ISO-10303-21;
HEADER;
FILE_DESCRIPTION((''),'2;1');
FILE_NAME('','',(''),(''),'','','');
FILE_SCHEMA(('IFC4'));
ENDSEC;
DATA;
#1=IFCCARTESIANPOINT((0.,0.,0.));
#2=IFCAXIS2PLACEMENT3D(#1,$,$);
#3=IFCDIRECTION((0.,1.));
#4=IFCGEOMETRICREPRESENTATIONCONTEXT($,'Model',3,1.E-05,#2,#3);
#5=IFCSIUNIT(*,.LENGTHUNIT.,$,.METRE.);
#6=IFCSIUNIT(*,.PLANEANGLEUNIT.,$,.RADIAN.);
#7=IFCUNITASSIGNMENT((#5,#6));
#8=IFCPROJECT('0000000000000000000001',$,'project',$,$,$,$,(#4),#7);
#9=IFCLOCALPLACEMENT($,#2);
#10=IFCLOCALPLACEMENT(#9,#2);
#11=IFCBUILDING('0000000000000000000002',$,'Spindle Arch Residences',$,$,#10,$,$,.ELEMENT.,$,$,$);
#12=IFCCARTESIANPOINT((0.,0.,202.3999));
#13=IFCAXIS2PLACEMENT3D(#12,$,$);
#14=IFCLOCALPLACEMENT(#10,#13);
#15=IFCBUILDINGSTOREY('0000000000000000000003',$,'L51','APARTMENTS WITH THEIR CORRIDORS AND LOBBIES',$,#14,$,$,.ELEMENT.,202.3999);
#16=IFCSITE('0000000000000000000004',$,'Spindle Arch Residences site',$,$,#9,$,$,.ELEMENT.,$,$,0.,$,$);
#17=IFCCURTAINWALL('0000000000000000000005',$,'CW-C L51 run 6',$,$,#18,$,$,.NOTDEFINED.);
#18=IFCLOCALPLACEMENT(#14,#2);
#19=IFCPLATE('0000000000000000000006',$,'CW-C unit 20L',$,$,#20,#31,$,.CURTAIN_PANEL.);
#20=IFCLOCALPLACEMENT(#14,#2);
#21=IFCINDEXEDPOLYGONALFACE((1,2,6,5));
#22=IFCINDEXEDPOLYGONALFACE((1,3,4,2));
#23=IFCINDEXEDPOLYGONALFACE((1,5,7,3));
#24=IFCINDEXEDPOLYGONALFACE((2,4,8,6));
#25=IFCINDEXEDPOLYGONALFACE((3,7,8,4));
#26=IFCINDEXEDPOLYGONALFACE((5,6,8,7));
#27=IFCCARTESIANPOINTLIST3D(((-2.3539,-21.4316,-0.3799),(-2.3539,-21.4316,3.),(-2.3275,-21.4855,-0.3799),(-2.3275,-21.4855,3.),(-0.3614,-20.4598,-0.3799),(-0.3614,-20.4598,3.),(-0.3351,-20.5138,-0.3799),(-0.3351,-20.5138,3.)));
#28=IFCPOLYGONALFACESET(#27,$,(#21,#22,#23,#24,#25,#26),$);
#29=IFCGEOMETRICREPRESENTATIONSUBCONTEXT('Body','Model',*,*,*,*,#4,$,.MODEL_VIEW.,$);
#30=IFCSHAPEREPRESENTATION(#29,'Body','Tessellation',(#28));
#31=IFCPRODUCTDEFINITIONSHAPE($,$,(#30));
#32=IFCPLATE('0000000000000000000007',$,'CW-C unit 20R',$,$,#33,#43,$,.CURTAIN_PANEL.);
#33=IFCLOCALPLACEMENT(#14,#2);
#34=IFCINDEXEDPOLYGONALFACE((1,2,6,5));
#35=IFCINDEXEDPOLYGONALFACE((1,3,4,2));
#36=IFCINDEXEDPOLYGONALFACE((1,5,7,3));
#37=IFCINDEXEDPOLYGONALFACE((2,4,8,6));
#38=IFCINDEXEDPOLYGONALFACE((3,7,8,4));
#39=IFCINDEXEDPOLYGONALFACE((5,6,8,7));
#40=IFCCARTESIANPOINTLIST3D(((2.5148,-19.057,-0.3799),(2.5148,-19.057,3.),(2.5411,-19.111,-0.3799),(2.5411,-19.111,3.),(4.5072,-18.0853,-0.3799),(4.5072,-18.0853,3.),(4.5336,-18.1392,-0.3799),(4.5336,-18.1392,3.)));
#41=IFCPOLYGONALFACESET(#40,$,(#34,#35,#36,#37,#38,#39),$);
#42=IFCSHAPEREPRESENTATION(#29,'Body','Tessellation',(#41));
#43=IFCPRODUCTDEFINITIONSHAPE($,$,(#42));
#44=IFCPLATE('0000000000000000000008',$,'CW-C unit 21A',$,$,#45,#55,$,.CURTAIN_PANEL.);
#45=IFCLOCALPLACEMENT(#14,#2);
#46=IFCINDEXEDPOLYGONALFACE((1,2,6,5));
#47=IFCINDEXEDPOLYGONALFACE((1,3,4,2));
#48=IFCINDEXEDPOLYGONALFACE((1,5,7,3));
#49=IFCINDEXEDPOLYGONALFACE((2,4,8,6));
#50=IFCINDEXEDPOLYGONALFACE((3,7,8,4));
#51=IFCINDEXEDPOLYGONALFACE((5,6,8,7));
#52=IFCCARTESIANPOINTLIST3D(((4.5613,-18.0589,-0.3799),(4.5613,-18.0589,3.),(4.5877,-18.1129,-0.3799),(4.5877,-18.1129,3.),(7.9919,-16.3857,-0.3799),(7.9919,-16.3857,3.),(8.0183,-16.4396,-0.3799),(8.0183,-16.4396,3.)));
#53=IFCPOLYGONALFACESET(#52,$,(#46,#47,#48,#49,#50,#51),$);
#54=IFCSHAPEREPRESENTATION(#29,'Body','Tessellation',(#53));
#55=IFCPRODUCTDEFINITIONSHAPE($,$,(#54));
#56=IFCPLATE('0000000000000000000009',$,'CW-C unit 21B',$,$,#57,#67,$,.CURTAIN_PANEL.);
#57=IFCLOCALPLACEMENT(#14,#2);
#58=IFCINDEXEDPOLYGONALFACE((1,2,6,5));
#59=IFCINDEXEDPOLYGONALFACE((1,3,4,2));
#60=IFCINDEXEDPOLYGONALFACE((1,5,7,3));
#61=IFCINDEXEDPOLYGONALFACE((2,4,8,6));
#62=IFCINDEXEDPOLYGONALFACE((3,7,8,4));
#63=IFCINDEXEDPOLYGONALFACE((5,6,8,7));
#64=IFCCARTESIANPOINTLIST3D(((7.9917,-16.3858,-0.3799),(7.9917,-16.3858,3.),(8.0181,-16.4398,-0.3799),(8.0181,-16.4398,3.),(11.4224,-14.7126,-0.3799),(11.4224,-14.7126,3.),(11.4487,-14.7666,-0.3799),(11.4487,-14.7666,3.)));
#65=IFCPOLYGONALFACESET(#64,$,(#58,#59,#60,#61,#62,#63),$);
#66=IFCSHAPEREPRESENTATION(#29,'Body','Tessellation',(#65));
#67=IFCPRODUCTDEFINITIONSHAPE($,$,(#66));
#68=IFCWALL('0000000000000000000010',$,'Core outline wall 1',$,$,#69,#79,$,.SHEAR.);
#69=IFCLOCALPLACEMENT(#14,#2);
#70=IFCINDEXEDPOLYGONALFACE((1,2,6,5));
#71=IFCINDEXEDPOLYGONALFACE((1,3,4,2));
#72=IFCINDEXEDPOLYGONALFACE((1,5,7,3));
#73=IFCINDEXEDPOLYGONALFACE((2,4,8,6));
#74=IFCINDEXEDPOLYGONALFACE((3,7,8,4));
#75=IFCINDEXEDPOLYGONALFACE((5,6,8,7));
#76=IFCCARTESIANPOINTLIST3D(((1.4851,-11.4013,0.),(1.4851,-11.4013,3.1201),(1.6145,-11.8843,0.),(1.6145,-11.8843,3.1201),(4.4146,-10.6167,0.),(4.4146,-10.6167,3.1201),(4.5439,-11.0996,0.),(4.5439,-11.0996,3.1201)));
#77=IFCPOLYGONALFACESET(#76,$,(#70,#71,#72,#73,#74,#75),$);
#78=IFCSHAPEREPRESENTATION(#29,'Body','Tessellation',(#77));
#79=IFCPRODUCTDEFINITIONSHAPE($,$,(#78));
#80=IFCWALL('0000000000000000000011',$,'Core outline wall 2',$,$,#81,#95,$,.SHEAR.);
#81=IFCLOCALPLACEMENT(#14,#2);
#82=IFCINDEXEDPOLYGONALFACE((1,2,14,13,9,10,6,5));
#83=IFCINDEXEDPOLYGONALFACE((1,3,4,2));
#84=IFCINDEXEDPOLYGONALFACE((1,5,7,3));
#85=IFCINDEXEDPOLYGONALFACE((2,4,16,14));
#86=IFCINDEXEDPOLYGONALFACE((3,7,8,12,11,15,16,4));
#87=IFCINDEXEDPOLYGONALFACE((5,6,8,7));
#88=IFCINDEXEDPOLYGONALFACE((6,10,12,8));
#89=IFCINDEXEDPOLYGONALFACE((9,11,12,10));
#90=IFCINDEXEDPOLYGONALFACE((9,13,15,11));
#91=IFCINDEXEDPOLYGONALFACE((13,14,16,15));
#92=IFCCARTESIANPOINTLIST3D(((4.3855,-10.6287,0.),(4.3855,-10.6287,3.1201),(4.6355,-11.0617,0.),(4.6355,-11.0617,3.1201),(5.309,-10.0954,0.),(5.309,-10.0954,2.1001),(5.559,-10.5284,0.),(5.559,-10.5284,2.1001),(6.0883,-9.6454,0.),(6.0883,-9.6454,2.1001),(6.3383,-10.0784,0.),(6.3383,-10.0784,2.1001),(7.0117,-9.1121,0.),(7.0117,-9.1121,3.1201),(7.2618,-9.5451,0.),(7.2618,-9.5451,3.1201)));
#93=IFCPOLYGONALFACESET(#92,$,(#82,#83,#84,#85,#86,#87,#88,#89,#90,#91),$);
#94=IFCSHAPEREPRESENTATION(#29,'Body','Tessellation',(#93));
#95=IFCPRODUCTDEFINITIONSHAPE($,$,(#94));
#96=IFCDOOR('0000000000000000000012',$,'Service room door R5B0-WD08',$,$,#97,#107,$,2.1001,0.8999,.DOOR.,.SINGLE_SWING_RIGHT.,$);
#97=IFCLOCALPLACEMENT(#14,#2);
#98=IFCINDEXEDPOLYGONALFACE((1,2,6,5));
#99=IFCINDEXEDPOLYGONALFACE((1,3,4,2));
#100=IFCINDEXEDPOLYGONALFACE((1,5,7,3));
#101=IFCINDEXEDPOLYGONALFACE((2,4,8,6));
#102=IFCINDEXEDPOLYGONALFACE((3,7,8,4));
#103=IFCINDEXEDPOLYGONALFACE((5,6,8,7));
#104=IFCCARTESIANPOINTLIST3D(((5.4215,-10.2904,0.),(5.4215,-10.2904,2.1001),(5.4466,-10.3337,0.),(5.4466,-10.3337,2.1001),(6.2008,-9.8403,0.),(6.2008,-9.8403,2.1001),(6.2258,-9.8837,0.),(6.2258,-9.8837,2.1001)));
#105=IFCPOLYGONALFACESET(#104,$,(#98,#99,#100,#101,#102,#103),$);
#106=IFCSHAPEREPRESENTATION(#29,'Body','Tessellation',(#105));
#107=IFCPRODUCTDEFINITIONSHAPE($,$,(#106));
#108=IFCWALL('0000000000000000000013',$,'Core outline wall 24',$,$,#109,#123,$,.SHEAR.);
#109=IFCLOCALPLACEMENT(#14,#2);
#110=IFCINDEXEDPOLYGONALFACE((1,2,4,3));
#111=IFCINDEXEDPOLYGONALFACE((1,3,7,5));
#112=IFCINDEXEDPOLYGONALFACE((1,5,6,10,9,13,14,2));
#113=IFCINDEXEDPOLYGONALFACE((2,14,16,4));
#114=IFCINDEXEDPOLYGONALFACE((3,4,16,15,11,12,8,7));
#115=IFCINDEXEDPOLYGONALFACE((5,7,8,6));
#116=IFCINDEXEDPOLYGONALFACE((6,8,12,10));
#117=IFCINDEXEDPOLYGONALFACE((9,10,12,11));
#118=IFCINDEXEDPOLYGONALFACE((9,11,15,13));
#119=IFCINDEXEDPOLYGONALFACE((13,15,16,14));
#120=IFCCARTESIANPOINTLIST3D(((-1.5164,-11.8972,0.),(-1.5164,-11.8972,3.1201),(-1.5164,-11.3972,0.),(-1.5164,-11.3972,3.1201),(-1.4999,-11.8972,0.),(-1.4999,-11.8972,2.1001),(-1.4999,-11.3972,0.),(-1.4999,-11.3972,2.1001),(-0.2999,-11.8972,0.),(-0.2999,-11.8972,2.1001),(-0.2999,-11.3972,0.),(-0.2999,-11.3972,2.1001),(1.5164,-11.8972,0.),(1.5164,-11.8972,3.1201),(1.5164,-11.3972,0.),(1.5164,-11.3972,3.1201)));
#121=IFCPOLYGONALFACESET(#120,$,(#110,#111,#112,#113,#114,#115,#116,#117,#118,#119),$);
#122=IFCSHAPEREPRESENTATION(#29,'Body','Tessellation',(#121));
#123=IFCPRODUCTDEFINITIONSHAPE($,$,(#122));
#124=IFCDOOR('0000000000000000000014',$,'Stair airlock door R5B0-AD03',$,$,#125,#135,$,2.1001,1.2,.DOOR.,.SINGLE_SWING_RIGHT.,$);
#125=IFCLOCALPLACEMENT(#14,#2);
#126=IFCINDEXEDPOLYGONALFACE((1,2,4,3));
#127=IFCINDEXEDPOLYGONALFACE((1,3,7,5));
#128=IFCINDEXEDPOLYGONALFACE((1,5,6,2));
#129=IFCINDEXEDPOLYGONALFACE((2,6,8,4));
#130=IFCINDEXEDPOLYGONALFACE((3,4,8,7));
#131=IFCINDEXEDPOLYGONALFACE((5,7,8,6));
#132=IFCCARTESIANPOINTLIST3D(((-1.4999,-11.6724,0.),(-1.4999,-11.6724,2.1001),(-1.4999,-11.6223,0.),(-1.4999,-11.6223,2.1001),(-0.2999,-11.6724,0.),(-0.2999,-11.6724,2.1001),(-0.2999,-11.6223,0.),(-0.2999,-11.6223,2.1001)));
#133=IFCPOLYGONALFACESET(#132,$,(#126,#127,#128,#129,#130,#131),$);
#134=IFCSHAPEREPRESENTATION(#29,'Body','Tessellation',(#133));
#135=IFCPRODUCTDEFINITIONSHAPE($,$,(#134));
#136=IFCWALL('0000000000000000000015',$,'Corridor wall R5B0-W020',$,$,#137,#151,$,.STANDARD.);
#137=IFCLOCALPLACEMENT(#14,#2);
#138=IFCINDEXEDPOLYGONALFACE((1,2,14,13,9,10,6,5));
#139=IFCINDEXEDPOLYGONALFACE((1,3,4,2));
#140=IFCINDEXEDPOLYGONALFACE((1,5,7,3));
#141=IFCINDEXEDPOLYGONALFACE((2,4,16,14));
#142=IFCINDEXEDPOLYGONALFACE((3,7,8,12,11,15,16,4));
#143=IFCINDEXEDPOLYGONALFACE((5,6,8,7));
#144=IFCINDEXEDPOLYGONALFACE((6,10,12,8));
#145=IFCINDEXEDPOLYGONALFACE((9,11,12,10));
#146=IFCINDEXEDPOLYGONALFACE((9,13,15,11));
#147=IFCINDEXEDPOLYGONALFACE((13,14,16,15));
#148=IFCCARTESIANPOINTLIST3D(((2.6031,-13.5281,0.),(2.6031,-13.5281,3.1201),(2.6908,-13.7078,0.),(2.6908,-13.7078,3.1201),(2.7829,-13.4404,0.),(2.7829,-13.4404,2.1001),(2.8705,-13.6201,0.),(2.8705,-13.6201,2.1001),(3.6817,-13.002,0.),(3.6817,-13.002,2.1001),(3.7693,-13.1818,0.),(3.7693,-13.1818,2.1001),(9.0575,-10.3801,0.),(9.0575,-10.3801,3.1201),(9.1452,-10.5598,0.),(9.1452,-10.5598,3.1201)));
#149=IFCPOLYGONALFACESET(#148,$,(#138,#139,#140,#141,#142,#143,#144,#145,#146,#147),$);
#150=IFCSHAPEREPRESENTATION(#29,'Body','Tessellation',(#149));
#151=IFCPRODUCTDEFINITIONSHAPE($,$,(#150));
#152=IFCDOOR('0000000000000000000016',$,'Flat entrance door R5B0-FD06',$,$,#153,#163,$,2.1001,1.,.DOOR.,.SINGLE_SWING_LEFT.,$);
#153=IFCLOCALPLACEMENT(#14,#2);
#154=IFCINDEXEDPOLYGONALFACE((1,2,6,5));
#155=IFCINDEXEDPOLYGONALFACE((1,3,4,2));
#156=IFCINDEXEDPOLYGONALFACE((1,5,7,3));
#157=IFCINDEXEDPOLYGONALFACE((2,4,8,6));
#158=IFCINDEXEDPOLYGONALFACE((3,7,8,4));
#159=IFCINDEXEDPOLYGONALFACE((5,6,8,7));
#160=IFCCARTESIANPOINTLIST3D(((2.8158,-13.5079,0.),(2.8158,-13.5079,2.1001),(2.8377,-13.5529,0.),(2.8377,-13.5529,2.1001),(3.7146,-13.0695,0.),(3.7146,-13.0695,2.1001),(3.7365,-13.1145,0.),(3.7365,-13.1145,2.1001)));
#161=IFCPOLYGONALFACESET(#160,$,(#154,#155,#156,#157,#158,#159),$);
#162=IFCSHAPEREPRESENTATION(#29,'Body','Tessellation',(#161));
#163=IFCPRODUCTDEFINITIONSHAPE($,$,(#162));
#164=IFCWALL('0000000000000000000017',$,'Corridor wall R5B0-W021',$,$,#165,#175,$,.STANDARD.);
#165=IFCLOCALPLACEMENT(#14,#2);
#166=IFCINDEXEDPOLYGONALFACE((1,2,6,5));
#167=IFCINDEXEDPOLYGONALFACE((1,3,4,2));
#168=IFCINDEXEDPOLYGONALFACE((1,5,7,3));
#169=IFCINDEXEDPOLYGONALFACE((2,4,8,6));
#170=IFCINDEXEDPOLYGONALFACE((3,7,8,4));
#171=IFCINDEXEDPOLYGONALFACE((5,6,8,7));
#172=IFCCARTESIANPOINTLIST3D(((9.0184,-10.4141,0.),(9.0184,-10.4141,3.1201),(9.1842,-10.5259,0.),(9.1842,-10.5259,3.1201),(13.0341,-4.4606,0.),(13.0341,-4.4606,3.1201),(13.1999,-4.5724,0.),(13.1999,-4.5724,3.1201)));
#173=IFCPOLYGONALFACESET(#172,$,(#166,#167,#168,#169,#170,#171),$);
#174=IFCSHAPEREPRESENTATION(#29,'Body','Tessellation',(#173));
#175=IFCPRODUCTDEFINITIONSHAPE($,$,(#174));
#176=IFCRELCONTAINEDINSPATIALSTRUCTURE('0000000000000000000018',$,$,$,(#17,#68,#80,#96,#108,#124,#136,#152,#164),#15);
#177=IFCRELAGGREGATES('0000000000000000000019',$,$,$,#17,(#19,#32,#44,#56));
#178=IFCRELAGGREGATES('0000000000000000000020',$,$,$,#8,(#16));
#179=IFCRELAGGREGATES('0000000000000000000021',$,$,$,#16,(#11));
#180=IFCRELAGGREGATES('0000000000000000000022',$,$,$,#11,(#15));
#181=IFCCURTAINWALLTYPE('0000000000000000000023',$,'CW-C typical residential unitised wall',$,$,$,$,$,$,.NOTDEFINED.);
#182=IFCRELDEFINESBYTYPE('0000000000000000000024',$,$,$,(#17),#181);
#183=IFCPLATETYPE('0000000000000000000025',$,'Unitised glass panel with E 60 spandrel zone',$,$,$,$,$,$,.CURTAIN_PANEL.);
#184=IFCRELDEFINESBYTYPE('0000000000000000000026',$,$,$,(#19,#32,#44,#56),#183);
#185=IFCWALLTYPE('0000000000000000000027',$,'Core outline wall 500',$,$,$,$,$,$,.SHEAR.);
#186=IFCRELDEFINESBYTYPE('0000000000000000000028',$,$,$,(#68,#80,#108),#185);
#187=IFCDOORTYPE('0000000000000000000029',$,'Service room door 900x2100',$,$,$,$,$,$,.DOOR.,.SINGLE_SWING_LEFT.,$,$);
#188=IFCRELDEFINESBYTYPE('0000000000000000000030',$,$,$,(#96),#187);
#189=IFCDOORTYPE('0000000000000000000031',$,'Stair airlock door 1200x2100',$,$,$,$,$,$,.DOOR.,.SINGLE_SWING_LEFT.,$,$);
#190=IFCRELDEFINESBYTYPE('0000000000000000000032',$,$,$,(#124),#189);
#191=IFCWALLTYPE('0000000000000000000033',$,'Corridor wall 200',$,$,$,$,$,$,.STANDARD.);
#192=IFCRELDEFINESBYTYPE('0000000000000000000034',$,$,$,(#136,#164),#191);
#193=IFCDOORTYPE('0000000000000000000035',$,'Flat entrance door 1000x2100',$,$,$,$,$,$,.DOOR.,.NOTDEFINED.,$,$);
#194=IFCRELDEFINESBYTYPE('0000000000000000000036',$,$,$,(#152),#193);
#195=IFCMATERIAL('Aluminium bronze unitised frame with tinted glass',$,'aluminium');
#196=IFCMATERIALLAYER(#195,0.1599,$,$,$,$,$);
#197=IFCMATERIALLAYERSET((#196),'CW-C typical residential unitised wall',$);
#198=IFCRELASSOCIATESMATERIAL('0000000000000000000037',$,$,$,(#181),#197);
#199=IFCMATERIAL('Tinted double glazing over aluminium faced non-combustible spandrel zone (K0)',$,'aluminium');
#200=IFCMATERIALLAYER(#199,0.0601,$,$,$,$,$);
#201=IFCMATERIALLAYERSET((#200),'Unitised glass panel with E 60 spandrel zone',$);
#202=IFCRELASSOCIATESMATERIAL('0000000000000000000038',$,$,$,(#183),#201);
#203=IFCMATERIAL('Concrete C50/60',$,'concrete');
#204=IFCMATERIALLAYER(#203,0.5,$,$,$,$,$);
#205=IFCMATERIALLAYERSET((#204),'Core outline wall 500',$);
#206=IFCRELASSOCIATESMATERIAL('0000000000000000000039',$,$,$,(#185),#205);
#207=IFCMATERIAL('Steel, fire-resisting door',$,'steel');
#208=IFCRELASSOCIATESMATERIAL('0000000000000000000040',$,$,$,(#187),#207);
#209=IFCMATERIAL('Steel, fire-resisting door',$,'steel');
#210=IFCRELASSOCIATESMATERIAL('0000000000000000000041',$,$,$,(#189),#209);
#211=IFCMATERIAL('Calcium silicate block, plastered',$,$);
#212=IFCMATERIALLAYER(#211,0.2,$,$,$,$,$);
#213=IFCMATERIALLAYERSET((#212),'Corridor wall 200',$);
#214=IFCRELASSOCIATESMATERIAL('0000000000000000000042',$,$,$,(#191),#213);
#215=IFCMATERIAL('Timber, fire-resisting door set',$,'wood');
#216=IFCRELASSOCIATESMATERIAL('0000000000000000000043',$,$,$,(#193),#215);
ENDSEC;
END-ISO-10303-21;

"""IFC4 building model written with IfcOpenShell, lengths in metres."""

from ifc_helpers import new_model, si_unit, direction, frame, frame_2d, origin, origin_2d, place, context, subcontext, project, spatial, rectangle, extrude, material, layer, layer_set, type_object, element, fill, aggregate, save


model = new_model("IFC4")

# Units and contexts
model_context = context("Model", 3, precision=1e-05, world=origin(), true_north=direction((0.0, 1.0)))
body_context = subcontext(model_context, "Body", "Model", "MODEL_VIEW")
ifc_project = project(units=[si_unit("LENGTHUNIT", "METRE"), si_unit("PLANEANGLEUNIT", "RADIAN")], contexts=[model_context])

# Site, building, storey
site_placement = place(None, origin())
site = spatial("IfcSite", under=ifc_project, at=site_placement, Name="Spindle Arch Residences site", CompositionType="ELEMENT", RefElevation=0.0)
building_placement = place(site_placement, origin())
building = spatial("IfcBuilding", under=site, at=building_placement, Name="Spindle Arch Residences", CompositionType="ELEMENT")
storey_placement = place(building_placement, frame((0.0, 0.0, 202.3999)))
storey = spatial("IfcBuildingStorey", under=building, at=storey_placement, Name="L51", Description="APARTMENTS WITH THEIR CORRIDORS AND LOBBIES", CompositionType="ELEMENT", Elevation=202.3999)

# Curtain wall
ifc_material_1 = material(Name="Aluminium bronze unitised frame with tinted glass", Category="aluminium")
ifc_layer_1 = layer(ifc_material_1, 0.1599)
ifc_layer_set_1 = layer_set([ifc_layer_1], Name="CW-C typical residential unitised wall")
curtain_wall_type = type_object("IfcCurtainWallType", Name="CW-C typical residential unitised wall", PredefinedType="NOTDEFINED", material=ifc_layer_set_1)
curtain_wall_placement = place(storey_placement, origin())
curtain_wall = element("IfcCurtainWall", 1, at=curtain_wall_placement, inside=storey, type_object=curtain_wall_type, Name="CW-C L51 run 6", PredefinedType="NOTDEFINED")

# Plates
ifc_material_2 = material(Name="Tinted double glazing over aluminium faced non-combustible spandrel zone (K0)", Category="aluminium")
ifc_layer_2 = layer(ifc_material_2, 0.0601)
ifc_layer_set_2 = layer_set([ifc_layer_2], Name="Unitised glass panel with E 60 spandrel zone")
plate_type = type_object("IfcPlateType", Name="Unitised glass panel with E 60 spandrel zone", PredefinedType="CURTAIN_PANEL", material=ifc_layer_set_2)
plate_1_placement = place(storey_placement, frame((-1.3445, -20.9727, -0.3799), z_axis=(0.0, 0.0, 1.0), x_axis=(0.898794, 0.438371, 0.0)))
plate_1 = element("IfcPlate", 2, at=plate_1_placement, type_object=plate_type, Name="CW-C unit 20L", PredefinedType="CURTAIN_PANEL", context=body_context, shape_type="SweptSolid", body=[
    extrude(rectangle(XDim=2.2168, YDim=0.0601, at=origin_2d()), origin(), (0.0, 0.0, 1.0), 3.3799),
])
plate_2_placement = place(storey_placement, frame((3.5242, -18.5981, -0.3799), z_axis=(0.0, 0.0, 1.0), x_axis=(0.898794, 0.438371, 0.0)))
plate_2 = element("IfcPlate", 3, at=plate_2_placement, type_object=plate_type, Name="CW-C unit 20R", PredefinedType="CURTAIN_PANEL", context=body_context, shape_type="SweptSolid", body=[
    extrude(rectangle(XDim=2.2168, YDim=0.0601, at=origin_2d()), origin(), (0.0, 0.0, 1.0), 3.3799),
])
plate_3_placement = place(storey_placement, frame((6.2898, -17.2493, -0.3799), z_axis=(0.0, 0.0, 1.0), x_axis=(0.898794, 0.438371, 0.0)))
plate_3 = element("IfcPlate", 4, at=plate_3_placement, type_object=plate_type, Name="CW-C unit 21A", PredefinedType="CURTAIN_PANEL", context=body_context, shape_type="SweptSolid", body=[
    extrude(rectangle(XDim=3.8169, YDim=0.0601, at=origin_2d()), origin(), (0.0, 0.0, 1.0), 3.3799),
])
plate_4_placement = place(storey_placement, frame((9.7202, -15.5762, -0.3799), z_axis=(0.0, 0.0, 1.0), x_axis=(0.898794, 0.438371, 0.0)))
plate_4 = element("IfcPlate", 5, at=plate_4_placement, type_object=plate_type, Name="CW-C unit 21B", PredefinedType="CURTAIN_PANEL", context=body_context, shape_type="SweptSolid", body=[
    extrude(rectangle(XDim=3.8169, YDim=0.0601, at=origin_2d()), origin(), (0.0, 0.0, 1.0), 3.3799),
])
aggregate(curtain_wall, [plate_1, plate_2, plate_3, plate_4])

# Wall
ifc_material_3 = material(Name="Concrete C50/60", Category="concrete")
ifc_layer_3 = layer(ifc_material_3, 0.5)
ifc_layer_set_3 = layer_set([ifc_layer_3], Name="Core outline wall 500")
wall_type_1 = type_object("IfcWallType", Name="Core outline wall 500", PredefinedType="SHEAR", material=ifc_layer_set_3)
wall_1_placement = place(storey_placement, frame((1.5498, -11.6428, 0.0), z_axis=(0.0, 0.0, 1.0), x_axis=(0.965948, 0.258735, 0.0)))
element("IfcWall", 6, at=wall_1_placement, inside=storey, type_object=wall_type_1, Name="Core outline wall 1", PredefinedType="SHEAR", context=body_context, shape_type="SweptSolid", body=[
    extrude(rectangle(XDim=3.0327, YDim=0.5, at=frame_2d((1.5164, 0.0))), origin(), (0.0, 0.0, 1.0), 3.1201),
])

# Walls, openings, doors
wall_2_placement = place(storey_placement, frame((4.5105, -10.8452, 0.0), z_axis=(0.0, 0.0, 1.0), x_axis=(0.865975, 0.500087, 0.0)))
wall_2 = element("IfcWall", 7, at=wall_2_placement, inside=storey, type_object=wall_type_1, Name="Core outline wall 2", PredefinedType="SHEAR", context=body_context, shape_type="SweptSolid", body=[
    extrude(rectangle(XDim=3.0327, YDim=0.5, at=frame_2d((1.5164, 0.0))), origin(), (0.0, 0.0, 1.0), 3.1201),
])
opening_1_placement = place(wall_2_placement, frame((1.0664, 0.0, 0.0)))
opening_1 = element("IfcOpeningElement", 8, at=opening_1_placement, cuts=wall_2, PredefinedType="OPENING", context=body_context, shape_type="SweptSolid", body=[
    extrude(rectangle(XDim=0.8999, YDim=2.1001, at=frame_2d((0.45, 1.05))), frame((0.0, 0.26, 0.0), z_axis=(0.0, -1.0, 0.0), x_axis=(1.0, 0.0, 0.0)), (0.0, 0.0, 1.0), 0.52),
])
ifc_material_4 = material(Name="Steel, fire-resisting door", Category="steel")
door_type_1 = type_object("IfcDoorType", Name="Service room door 900x2100", OperationType="SINGLE_SWING_LEFT", PredefinedType="DOOR", material=ifc_material_4)
door_1_placement = place(opening_1_placement, origin())
door_1 = element("IfcDoor", 9, at=door_1_placement, inside=storey, type_object=door_type_1, Name="Service room door R5B0-WD08", OperationType="SINGLE_SWING_RIGHT", OverallHeight=2.1001, OverallWidth=0.8999, PredefinedType="DOOR", context=body_context, shape_type="SweptSolid", body=[
    extrude(rectangle(XDim=0.8999, YDim=2.1001, at=frame_2d((0.45, 1.05))), frame((0.0, 0.0249, 0.0), z_axis=(0.0, -1.0, 0.0), x_axis=(1.0, 0.0, 0.0)), (0.0, 0.0, 1.0), 0.05),
])
fill(opening_1, door_1)
wall_3_placement = place(storey_placement, frame((-1.5164, -11.6472, 0.0), z_axis=(0.0, 0.0, 1.0), x_axis=(1.0, 0.0, 0.0)))
wall_3 = element("IfcWall", 10, at=wall_3_placement, inside=storey, type_object=wall_type_1, Name="Core outline wall 24", PredefinedType="SHEAR", context=body_context, shape_type="SweptSolid", body=[
    extrude(rectangle(XDim=3.0327, YDim=0.5, at=frame_2d((1.5164, 0.0))), origin(), (0.0, 0.0, 1.0), 3.1201),
])
opening_2_placement = place(wall_3_placement, frame((0.0164, 0.0, 0.0)))
opening_2 = element("IfcOpeningElement", 11, at=opening_2_placement, cuts=wall_3, PredefinedType="OPENING", context=body_context, shape_type="SweptSolid", body=[
    extrude(rectangle(XDim=1.2, YDim=2.1001, at=frame_2d((0.6001, 1.05))), frame((0.0, 0.26, 0.0), z_axis=(0.0, -1.0, 0.0), x_axis=(1.0, 0.0, 0.0)), (0.0, 0.0, 1.0), 0.52),
])
ifc_material_5 = material(Name="Steel, fire-resisting door", Category="steel")
door_type_2 = type_object("IfcDoorType", Name="Stair airlock door 1200x2100", OperationType="SINGLE_SWING_LEFT", PredefinedType="DOOR", material=ifc_material_5)
door_2_placement = place(opening_2_placement, origin())
door_2 = element("IfcDoor", 12, at=door_2_placement, inside=storey, type_object=door_type_2, Name="Stair airlock door R5B0-AD03", OperationType="SINGLE_SWING_RIGHT", OverallHeight=2.1001, OverallWidth=1.2, PredefinedType="DOOR", context=body_context, shape_type="SweptSolid", body=[
    extrude(rectangle(XDim=1.2, YDim=2.1001, at=frame_2d((0.6001, 1.05))), frame((0.0, 0.0249, 0.0), z_axis=(0.0, -1.0, 0.0), x_axis=(1.0, 0.0, 0.0)), (0.0, 0.0, 1.0), 0.05),
])
fill(opening_2, door_2)
ifc_material_6 = material(Name="Calcium silicate block, plastered")
ifc_layer_4 = layer(ifc_material_6, 0.2)
ifc_layer_set_4 = layer_set([ifc_layer_4], Name="Corridor wall 200")
wall_type_2 = type_object("IfcWallType", Name="Corridor wall 200", PredefinedType="STANDARD", material=ifc_layer_set_4)
wall_4_placement = place(storey_placement, frame((2.647, -13.6179, 0.0), z_axis=(0.0, 0.0, 1.0), x_axis=(0.898797, 0.438366, 0.0)))
wall_4 = element("IfcWall", 13, at=wall_4_placement, inside=storey, type_object=wall_type_2, Name="Corridor wall R5B0-W020", PredefinedType="STANDARD", context=body_context, shape_type="SweptSolid", body=[
    extrude(rectangle(XDim=7.1812, YDim=0.2, at=frame_2d((3.5906, 0.0))), origin(), (0.0, 0.0, 1.0), 3.1201),
])
opening_3_placement = place(wall_4_placement, frame((0.2, 0.0, 0.0)))
opening_3 = element("IfcOpeningElement", 14, at=opening_3_placement, cuts=wall_4, PredefinedType="OPENING", context=body_context, shape_type="SweptSolid", body=[
    extrude(rectangle(XDim=1.0, YDim=2.1001, at=frame_2d((0.5, 1.05))), frame((0.0, 0.1099, 0.0), z_axis=(0.0, -1.0, 0.0), x_axis=(1.0, 0.0, 0.0)), (0.0, 0.0, 1.0), 0.22),
])
ifc_material_7 = material(Name="Timber, fire-resisting door set", Category="wood")
door_type_3 = type_object("IfcDoorType", Name="Flat entrance door 1000x2100", OperationType="NOTDEFINED", PredefinedType="DOOR", material=ifc_material_7)
door_3_placement = place(opening_3_placement, origin())
door_3 = element("IfcDoor", 15, at=door_3_placement, inside=storey, type_object=door_type_3, Name="Flat entrance door R5B0-FD06", OperationType="SINGLE_SWING_LEFT", OverallHeight=2.1001, OverallWidth=1.0, PredefinedType="DOOR", context=body_context, shape_type="SweptSolid", body=[
    extrude(rectangle(XDim=1.0, YDim=2.1001, at=frame_2d((0.5, 1.05))), frame((0.0, 0.0249, 0.0), z_axis=(0.0, -1.0, 0.0), x_axis=(1.0, 0.0, 0.0)), (0.0, 0.0, 1.0), 0.05),
])
fill(opening_3, door_3)

# Wall
wall_5_placement = place(storey_placement, frame((9.1013, -10.47, 0.0), z_axis=(0.0, 0.0, 1.0), x_axis=(0.559195, 0.829036, 0.0)))
element("IfcWall", 16, at=wall_5_placement, inside=storey, type_object=wall_type_2, Name="Corridor wall R5B0-W021", PredefinedType="STANDARD", context=body_context, shape_type="SweptSolid", body=[
    extrude(rectangle(XDim=7.1812, YDim=0.2, at=frame_2d((3.5906, 0.0))), origin(), (0.0, 0.0, 1.0), 3.1201),
])

save(model, "model.ifc")
